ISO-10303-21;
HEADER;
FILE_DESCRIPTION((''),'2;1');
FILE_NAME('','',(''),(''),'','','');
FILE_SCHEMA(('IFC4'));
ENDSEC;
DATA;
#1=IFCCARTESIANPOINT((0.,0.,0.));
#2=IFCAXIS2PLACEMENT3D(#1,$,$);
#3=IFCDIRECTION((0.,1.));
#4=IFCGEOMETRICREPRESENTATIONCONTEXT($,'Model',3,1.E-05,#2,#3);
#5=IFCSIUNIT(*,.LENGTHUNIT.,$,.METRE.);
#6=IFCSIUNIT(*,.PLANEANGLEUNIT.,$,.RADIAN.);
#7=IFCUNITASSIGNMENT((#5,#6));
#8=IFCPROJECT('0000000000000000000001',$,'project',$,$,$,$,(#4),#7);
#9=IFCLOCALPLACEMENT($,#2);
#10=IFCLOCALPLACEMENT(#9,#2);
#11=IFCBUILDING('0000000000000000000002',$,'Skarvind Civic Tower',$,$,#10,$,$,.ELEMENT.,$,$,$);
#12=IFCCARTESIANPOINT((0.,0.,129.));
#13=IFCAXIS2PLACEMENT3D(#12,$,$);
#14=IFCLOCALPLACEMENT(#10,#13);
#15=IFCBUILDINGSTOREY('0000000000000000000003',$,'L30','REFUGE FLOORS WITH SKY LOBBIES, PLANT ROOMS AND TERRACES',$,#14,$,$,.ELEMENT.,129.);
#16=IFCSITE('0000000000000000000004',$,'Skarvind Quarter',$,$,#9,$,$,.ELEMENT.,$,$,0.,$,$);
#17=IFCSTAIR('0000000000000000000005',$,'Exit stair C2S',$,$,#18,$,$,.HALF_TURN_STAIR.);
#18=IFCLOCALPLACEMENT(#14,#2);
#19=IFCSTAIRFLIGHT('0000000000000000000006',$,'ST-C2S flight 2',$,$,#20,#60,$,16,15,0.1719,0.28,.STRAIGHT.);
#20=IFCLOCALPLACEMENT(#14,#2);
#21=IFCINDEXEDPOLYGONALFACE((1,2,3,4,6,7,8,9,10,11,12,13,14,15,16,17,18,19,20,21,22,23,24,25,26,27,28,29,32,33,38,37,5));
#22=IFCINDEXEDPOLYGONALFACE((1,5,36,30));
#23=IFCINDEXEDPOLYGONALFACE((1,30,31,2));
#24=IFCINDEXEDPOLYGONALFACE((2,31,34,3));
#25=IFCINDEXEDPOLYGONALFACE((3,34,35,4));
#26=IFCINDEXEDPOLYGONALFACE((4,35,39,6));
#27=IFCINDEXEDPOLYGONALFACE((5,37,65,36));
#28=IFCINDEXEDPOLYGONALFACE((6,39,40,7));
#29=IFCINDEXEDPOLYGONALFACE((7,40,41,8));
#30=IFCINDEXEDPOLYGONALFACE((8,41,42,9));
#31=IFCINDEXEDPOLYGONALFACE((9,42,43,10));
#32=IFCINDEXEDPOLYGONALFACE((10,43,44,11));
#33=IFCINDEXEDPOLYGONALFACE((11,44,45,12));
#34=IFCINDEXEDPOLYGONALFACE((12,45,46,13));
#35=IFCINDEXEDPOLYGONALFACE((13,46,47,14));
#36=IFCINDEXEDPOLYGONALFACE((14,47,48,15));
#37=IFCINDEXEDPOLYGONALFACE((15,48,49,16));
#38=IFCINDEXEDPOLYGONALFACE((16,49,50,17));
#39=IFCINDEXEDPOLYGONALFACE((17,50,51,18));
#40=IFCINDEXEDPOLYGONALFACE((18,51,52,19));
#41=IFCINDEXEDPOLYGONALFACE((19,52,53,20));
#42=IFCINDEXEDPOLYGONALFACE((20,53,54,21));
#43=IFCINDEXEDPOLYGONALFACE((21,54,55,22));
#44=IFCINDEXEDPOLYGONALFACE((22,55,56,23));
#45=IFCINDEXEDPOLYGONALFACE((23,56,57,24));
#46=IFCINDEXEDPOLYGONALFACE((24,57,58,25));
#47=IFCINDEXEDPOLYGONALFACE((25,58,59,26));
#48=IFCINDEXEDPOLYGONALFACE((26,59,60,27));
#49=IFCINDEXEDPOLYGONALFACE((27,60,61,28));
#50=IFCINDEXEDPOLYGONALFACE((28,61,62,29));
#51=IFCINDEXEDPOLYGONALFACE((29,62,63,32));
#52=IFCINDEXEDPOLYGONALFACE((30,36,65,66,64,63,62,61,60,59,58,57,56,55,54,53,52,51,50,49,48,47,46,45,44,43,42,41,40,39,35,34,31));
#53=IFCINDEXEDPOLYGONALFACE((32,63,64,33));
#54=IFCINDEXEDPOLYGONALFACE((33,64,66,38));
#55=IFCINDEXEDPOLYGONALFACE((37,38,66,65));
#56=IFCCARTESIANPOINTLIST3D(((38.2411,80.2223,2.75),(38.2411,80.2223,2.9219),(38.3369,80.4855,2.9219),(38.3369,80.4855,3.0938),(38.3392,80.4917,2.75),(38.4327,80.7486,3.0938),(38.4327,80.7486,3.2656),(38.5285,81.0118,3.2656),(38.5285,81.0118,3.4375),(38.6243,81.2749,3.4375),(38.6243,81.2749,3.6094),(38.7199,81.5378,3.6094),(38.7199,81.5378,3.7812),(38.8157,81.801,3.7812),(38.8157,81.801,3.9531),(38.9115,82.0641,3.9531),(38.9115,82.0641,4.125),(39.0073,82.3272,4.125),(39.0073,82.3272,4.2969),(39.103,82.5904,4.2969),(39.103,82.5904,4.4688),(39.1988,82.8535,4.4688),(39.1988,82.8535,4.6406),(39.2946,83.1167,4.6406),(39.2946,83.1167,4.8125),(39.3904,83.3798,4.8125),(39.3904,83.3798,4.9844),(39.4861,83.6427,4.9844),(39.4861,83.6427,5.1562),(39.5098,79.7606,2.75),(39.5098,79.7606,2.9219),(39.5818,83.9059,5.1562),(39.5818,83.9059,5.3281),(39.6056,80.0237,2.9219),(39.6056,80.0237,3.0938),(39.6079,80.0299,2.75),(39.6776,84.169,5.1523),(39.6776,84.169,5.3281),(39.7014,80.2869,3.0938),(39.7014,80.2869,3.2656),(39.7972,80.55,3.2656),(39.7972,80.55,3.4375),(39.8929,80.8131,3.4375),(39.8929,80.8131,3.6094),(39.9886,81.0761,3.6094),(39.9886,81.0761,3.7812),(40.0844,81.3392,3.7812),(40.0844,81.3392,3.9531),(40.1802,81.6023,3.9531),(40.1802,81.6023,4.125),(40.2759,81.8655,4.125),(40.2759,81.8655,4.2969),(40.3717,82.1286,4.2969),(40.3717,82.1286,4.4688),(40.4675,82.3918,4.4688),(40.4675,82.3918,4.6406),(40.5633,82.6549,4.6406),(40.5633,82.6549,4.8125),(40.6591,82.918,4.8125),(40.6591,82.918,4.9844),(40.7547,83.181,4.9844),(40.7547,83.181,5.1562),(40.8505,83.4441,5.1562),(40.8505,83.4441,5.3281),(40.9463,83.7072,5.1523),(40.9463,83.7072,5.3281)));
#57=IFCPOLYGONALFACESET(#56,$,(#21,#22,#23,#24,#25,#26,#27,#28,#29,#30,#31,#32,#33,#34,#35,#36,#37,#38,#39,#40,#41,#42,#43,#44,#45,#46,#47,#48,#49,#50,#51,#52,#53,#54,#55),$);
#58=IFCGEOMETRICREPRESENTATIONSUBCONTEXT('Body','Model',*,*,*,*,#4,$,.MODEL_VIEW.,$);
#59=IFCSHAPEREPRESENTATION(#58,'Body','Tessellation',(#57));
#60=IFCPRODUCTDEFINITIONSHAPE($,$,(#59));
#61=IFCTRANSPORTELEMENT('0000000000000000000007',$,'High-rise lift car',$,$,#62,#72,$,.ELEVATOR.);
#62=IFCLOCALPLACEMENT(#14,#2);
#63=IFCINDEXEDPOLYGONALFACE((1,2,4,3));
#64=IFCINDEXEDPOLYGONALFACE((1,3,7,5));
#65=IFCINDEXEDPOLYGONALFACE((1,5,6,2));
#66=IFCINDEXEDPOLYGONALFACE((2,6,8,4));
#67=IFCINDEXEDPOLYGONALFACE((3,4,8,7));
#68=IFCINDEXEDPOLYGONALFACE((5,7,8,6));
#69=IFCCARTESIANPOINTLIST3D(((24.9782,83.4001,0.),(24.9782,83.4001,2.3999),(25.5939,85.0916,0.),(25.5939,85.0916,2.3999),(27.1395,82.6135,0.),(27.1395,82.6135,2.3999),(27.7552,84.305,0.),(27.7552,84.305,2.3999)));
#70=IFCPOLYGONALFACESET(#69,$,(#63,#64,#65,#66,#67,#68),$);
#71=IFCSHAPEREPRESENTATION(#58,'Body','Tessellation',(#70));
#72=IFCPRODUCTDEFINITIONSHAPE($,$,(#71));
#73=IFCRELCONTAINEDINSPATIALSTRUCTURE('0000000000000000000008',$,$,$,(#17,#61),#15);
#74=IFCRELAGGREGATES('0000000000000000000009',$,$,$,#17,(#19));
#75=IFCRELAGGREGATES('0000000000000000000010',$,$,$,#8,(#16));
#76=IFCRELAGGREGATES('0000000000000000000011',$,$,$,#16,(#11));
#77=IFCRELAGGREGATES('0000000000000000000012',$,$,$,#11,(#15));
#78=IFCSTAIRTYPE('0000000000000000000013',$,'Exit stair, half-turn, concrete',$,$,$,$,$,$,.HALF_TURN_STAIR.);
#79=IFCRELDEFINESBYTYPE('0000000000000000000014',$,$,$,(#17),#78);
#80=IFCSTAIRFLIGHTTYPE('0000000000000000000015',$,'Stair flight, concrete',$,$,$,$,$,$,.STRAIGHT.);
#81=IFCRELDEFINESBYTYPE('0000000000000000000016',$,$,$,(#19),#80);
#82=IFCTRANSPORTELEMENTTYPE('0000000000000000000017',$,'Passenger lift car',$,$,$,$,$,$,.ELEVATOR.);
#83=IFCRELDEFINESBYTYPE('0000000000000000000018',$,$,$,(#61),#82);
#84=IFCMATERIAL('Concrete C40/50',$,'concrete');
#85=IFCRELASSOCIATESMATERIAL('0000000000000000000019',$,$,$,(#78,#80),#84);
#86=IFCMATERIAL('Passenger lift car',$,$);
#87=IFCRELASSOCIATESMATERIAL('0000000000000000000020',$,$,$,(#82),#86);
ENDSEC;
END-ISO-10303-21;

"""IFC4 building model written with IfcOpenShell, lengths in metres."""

from ifc_helpers import new_model, si_unit, direction, frame, origin, origin_2d, place, context, subcontext, project, spatial, polyline, rectangle, outline, extrude, material, type_object, element, aggregate, save


model = new_model("IFC4")

# Units and contexts
model_context = context("Model", 3, precision=1e-05, world=origin(), true_north=direction((0.0, 1.0)))
body_context = subcontext(model_context, "Body", "Model", "MODEL_VIEW")
ifc_project = project(units=[si_unit("LENGTHUNIT", "METRE"), si_unit("PLANEANGLEUNIT", "RADIAN")], contexts=[model_context])

# Site, building, storey
site_placement = place(None, origin())
site = spatial("IfcSite", under=ifc_project, at=site_placement, Name="Skarvind Quarter", CompositionType="ELEMENT", RefElevation=0.0)
building_placement = place(site_placement, origin())
building = spatial("IfcBuilding", under=site, at=building_placement, Name="Skarvind Civic Tower", CompositionType="ELEMENT")
storey_placement = place(building_placement, frame((0.0, 0.0, 129.0)))
storey = spatial("IfcBuildingStorey", under=building, at=storey_placement, Name="L30", Description="REFUGE FLOORS WITH SKY LOBBIES, PLANT ROOMS AND TERRACES", CompositionType="ELEMENT", Elevation=129.0)

# Stair, stair flight
ifc_material_1 = material(Name="Concrete C40/50", Category="concrete")
stair_type = type_object("IfcStairType", Name="Exit stair, half-turn, concrete", PredefinedType="HALF_TURN_STAIR", material=ifc_material_1)
stair_placement = place(storey_placement, origin())
stair = element("IfcStair", 1, at=stair_placement, inside=storey, type_object=stair_type, Name="Exit stair C2S", PredefinedType="HALF_TURN_STAIR")
stair_flight_type = type_object("IfcStairFlightType", Name="Stair flight, concrete", PredefinedType="STRAIGHT", material=ifc_material_1)
stair_flight_placement = place(storey_placement, frame((38.8755, 79.9915, 2.75), z_axis=(0.0, 0.0, 1.0), x_axis=(0.34202, 0.939693, 0.0)))
stair_flight = element("IfcStairFlight", 2, at=stair_flight_placement, type_object=stair_flight_type, Name="ST-C2S flight 2", NumberOfRisers=16, NumberOfTreads=15, PredefinedType="STRAIGHT", RiserHeight=0.1719, TreadLength=0.28, context=body_context, shape_type="SweptSolid", body=[
    extrude(outline(polyline([(0.0, 0.0), (0.0, 0.1719), (0.28, 0.1719), (0.28, 0.3438), (0.5601, 0.3438), (0.5601, 0.5156), (0.8401, 0.5156), (0.8401, 0.6875), (1.1201, 0.6875), (1.1201, 0.8594), (1.3999, 0.8594), (1.3999, 1.0312), (1.6799, 1.0312), (1.6799, 1.2031), (1.96, 1.2031), (1.96, 1.375), (2.24, 1.375), (2.24, 1.5469), (2.52, 1.5469), (2.52, 1.7188), (2.8, 1.7188), (2.8, 1.8906), (3.0801, 1.8906), (3.0801, 2.0625), (3.3601, 2.0625), (3.3601, 2.2344), (3.6399, 2.2344), (3.6399, 2.4062), (3.9199, 2.4062), (3.9199, 2.5781), (4.2, 2.5781), (4.2, 2.75), (4.2, 2.4023), (0.2866, 0.0), (0.0, 0.0)])), frame((0.0, 0.675, 0.0), z_axis=(0.0, -1.0, 0.0), x_axis=(1.0, 0.0, 0.0)), (0.0, 0.0, 1.0), 1.3501),
])
aggregate(stair, [stair_flight])

# Transport element
ifc_material_2 = material(Name="Passenger lift car")
transport_element_type = type_object("IfcTransportElementType", Name="Passenger lift car", PredefinedType="ELEVATOR", material=ifc_material_2)
transport_element_placement = place(storey_placement, frame((26.3667, 83.8525, 0.0), z_axis=(0.0, 0.0, 1.0), x_axis=(0.34202, 0.939693, 0.0)))
element("IfcTransportElement", 3, at=transport_element_placement, inside=storey, type_object=transport_element_type, Name="High-rise lift car", PredefinedType="ELEVATOR", context=body_context, shape_type="SweptSolid", body=[
    extrude(rectangle(XDim=1.8, YDim=2.3, at=origin_2d()), origin(), (0.0, 0.0, 1.0), 2.3999),
])

save(model, "model.ifc")
